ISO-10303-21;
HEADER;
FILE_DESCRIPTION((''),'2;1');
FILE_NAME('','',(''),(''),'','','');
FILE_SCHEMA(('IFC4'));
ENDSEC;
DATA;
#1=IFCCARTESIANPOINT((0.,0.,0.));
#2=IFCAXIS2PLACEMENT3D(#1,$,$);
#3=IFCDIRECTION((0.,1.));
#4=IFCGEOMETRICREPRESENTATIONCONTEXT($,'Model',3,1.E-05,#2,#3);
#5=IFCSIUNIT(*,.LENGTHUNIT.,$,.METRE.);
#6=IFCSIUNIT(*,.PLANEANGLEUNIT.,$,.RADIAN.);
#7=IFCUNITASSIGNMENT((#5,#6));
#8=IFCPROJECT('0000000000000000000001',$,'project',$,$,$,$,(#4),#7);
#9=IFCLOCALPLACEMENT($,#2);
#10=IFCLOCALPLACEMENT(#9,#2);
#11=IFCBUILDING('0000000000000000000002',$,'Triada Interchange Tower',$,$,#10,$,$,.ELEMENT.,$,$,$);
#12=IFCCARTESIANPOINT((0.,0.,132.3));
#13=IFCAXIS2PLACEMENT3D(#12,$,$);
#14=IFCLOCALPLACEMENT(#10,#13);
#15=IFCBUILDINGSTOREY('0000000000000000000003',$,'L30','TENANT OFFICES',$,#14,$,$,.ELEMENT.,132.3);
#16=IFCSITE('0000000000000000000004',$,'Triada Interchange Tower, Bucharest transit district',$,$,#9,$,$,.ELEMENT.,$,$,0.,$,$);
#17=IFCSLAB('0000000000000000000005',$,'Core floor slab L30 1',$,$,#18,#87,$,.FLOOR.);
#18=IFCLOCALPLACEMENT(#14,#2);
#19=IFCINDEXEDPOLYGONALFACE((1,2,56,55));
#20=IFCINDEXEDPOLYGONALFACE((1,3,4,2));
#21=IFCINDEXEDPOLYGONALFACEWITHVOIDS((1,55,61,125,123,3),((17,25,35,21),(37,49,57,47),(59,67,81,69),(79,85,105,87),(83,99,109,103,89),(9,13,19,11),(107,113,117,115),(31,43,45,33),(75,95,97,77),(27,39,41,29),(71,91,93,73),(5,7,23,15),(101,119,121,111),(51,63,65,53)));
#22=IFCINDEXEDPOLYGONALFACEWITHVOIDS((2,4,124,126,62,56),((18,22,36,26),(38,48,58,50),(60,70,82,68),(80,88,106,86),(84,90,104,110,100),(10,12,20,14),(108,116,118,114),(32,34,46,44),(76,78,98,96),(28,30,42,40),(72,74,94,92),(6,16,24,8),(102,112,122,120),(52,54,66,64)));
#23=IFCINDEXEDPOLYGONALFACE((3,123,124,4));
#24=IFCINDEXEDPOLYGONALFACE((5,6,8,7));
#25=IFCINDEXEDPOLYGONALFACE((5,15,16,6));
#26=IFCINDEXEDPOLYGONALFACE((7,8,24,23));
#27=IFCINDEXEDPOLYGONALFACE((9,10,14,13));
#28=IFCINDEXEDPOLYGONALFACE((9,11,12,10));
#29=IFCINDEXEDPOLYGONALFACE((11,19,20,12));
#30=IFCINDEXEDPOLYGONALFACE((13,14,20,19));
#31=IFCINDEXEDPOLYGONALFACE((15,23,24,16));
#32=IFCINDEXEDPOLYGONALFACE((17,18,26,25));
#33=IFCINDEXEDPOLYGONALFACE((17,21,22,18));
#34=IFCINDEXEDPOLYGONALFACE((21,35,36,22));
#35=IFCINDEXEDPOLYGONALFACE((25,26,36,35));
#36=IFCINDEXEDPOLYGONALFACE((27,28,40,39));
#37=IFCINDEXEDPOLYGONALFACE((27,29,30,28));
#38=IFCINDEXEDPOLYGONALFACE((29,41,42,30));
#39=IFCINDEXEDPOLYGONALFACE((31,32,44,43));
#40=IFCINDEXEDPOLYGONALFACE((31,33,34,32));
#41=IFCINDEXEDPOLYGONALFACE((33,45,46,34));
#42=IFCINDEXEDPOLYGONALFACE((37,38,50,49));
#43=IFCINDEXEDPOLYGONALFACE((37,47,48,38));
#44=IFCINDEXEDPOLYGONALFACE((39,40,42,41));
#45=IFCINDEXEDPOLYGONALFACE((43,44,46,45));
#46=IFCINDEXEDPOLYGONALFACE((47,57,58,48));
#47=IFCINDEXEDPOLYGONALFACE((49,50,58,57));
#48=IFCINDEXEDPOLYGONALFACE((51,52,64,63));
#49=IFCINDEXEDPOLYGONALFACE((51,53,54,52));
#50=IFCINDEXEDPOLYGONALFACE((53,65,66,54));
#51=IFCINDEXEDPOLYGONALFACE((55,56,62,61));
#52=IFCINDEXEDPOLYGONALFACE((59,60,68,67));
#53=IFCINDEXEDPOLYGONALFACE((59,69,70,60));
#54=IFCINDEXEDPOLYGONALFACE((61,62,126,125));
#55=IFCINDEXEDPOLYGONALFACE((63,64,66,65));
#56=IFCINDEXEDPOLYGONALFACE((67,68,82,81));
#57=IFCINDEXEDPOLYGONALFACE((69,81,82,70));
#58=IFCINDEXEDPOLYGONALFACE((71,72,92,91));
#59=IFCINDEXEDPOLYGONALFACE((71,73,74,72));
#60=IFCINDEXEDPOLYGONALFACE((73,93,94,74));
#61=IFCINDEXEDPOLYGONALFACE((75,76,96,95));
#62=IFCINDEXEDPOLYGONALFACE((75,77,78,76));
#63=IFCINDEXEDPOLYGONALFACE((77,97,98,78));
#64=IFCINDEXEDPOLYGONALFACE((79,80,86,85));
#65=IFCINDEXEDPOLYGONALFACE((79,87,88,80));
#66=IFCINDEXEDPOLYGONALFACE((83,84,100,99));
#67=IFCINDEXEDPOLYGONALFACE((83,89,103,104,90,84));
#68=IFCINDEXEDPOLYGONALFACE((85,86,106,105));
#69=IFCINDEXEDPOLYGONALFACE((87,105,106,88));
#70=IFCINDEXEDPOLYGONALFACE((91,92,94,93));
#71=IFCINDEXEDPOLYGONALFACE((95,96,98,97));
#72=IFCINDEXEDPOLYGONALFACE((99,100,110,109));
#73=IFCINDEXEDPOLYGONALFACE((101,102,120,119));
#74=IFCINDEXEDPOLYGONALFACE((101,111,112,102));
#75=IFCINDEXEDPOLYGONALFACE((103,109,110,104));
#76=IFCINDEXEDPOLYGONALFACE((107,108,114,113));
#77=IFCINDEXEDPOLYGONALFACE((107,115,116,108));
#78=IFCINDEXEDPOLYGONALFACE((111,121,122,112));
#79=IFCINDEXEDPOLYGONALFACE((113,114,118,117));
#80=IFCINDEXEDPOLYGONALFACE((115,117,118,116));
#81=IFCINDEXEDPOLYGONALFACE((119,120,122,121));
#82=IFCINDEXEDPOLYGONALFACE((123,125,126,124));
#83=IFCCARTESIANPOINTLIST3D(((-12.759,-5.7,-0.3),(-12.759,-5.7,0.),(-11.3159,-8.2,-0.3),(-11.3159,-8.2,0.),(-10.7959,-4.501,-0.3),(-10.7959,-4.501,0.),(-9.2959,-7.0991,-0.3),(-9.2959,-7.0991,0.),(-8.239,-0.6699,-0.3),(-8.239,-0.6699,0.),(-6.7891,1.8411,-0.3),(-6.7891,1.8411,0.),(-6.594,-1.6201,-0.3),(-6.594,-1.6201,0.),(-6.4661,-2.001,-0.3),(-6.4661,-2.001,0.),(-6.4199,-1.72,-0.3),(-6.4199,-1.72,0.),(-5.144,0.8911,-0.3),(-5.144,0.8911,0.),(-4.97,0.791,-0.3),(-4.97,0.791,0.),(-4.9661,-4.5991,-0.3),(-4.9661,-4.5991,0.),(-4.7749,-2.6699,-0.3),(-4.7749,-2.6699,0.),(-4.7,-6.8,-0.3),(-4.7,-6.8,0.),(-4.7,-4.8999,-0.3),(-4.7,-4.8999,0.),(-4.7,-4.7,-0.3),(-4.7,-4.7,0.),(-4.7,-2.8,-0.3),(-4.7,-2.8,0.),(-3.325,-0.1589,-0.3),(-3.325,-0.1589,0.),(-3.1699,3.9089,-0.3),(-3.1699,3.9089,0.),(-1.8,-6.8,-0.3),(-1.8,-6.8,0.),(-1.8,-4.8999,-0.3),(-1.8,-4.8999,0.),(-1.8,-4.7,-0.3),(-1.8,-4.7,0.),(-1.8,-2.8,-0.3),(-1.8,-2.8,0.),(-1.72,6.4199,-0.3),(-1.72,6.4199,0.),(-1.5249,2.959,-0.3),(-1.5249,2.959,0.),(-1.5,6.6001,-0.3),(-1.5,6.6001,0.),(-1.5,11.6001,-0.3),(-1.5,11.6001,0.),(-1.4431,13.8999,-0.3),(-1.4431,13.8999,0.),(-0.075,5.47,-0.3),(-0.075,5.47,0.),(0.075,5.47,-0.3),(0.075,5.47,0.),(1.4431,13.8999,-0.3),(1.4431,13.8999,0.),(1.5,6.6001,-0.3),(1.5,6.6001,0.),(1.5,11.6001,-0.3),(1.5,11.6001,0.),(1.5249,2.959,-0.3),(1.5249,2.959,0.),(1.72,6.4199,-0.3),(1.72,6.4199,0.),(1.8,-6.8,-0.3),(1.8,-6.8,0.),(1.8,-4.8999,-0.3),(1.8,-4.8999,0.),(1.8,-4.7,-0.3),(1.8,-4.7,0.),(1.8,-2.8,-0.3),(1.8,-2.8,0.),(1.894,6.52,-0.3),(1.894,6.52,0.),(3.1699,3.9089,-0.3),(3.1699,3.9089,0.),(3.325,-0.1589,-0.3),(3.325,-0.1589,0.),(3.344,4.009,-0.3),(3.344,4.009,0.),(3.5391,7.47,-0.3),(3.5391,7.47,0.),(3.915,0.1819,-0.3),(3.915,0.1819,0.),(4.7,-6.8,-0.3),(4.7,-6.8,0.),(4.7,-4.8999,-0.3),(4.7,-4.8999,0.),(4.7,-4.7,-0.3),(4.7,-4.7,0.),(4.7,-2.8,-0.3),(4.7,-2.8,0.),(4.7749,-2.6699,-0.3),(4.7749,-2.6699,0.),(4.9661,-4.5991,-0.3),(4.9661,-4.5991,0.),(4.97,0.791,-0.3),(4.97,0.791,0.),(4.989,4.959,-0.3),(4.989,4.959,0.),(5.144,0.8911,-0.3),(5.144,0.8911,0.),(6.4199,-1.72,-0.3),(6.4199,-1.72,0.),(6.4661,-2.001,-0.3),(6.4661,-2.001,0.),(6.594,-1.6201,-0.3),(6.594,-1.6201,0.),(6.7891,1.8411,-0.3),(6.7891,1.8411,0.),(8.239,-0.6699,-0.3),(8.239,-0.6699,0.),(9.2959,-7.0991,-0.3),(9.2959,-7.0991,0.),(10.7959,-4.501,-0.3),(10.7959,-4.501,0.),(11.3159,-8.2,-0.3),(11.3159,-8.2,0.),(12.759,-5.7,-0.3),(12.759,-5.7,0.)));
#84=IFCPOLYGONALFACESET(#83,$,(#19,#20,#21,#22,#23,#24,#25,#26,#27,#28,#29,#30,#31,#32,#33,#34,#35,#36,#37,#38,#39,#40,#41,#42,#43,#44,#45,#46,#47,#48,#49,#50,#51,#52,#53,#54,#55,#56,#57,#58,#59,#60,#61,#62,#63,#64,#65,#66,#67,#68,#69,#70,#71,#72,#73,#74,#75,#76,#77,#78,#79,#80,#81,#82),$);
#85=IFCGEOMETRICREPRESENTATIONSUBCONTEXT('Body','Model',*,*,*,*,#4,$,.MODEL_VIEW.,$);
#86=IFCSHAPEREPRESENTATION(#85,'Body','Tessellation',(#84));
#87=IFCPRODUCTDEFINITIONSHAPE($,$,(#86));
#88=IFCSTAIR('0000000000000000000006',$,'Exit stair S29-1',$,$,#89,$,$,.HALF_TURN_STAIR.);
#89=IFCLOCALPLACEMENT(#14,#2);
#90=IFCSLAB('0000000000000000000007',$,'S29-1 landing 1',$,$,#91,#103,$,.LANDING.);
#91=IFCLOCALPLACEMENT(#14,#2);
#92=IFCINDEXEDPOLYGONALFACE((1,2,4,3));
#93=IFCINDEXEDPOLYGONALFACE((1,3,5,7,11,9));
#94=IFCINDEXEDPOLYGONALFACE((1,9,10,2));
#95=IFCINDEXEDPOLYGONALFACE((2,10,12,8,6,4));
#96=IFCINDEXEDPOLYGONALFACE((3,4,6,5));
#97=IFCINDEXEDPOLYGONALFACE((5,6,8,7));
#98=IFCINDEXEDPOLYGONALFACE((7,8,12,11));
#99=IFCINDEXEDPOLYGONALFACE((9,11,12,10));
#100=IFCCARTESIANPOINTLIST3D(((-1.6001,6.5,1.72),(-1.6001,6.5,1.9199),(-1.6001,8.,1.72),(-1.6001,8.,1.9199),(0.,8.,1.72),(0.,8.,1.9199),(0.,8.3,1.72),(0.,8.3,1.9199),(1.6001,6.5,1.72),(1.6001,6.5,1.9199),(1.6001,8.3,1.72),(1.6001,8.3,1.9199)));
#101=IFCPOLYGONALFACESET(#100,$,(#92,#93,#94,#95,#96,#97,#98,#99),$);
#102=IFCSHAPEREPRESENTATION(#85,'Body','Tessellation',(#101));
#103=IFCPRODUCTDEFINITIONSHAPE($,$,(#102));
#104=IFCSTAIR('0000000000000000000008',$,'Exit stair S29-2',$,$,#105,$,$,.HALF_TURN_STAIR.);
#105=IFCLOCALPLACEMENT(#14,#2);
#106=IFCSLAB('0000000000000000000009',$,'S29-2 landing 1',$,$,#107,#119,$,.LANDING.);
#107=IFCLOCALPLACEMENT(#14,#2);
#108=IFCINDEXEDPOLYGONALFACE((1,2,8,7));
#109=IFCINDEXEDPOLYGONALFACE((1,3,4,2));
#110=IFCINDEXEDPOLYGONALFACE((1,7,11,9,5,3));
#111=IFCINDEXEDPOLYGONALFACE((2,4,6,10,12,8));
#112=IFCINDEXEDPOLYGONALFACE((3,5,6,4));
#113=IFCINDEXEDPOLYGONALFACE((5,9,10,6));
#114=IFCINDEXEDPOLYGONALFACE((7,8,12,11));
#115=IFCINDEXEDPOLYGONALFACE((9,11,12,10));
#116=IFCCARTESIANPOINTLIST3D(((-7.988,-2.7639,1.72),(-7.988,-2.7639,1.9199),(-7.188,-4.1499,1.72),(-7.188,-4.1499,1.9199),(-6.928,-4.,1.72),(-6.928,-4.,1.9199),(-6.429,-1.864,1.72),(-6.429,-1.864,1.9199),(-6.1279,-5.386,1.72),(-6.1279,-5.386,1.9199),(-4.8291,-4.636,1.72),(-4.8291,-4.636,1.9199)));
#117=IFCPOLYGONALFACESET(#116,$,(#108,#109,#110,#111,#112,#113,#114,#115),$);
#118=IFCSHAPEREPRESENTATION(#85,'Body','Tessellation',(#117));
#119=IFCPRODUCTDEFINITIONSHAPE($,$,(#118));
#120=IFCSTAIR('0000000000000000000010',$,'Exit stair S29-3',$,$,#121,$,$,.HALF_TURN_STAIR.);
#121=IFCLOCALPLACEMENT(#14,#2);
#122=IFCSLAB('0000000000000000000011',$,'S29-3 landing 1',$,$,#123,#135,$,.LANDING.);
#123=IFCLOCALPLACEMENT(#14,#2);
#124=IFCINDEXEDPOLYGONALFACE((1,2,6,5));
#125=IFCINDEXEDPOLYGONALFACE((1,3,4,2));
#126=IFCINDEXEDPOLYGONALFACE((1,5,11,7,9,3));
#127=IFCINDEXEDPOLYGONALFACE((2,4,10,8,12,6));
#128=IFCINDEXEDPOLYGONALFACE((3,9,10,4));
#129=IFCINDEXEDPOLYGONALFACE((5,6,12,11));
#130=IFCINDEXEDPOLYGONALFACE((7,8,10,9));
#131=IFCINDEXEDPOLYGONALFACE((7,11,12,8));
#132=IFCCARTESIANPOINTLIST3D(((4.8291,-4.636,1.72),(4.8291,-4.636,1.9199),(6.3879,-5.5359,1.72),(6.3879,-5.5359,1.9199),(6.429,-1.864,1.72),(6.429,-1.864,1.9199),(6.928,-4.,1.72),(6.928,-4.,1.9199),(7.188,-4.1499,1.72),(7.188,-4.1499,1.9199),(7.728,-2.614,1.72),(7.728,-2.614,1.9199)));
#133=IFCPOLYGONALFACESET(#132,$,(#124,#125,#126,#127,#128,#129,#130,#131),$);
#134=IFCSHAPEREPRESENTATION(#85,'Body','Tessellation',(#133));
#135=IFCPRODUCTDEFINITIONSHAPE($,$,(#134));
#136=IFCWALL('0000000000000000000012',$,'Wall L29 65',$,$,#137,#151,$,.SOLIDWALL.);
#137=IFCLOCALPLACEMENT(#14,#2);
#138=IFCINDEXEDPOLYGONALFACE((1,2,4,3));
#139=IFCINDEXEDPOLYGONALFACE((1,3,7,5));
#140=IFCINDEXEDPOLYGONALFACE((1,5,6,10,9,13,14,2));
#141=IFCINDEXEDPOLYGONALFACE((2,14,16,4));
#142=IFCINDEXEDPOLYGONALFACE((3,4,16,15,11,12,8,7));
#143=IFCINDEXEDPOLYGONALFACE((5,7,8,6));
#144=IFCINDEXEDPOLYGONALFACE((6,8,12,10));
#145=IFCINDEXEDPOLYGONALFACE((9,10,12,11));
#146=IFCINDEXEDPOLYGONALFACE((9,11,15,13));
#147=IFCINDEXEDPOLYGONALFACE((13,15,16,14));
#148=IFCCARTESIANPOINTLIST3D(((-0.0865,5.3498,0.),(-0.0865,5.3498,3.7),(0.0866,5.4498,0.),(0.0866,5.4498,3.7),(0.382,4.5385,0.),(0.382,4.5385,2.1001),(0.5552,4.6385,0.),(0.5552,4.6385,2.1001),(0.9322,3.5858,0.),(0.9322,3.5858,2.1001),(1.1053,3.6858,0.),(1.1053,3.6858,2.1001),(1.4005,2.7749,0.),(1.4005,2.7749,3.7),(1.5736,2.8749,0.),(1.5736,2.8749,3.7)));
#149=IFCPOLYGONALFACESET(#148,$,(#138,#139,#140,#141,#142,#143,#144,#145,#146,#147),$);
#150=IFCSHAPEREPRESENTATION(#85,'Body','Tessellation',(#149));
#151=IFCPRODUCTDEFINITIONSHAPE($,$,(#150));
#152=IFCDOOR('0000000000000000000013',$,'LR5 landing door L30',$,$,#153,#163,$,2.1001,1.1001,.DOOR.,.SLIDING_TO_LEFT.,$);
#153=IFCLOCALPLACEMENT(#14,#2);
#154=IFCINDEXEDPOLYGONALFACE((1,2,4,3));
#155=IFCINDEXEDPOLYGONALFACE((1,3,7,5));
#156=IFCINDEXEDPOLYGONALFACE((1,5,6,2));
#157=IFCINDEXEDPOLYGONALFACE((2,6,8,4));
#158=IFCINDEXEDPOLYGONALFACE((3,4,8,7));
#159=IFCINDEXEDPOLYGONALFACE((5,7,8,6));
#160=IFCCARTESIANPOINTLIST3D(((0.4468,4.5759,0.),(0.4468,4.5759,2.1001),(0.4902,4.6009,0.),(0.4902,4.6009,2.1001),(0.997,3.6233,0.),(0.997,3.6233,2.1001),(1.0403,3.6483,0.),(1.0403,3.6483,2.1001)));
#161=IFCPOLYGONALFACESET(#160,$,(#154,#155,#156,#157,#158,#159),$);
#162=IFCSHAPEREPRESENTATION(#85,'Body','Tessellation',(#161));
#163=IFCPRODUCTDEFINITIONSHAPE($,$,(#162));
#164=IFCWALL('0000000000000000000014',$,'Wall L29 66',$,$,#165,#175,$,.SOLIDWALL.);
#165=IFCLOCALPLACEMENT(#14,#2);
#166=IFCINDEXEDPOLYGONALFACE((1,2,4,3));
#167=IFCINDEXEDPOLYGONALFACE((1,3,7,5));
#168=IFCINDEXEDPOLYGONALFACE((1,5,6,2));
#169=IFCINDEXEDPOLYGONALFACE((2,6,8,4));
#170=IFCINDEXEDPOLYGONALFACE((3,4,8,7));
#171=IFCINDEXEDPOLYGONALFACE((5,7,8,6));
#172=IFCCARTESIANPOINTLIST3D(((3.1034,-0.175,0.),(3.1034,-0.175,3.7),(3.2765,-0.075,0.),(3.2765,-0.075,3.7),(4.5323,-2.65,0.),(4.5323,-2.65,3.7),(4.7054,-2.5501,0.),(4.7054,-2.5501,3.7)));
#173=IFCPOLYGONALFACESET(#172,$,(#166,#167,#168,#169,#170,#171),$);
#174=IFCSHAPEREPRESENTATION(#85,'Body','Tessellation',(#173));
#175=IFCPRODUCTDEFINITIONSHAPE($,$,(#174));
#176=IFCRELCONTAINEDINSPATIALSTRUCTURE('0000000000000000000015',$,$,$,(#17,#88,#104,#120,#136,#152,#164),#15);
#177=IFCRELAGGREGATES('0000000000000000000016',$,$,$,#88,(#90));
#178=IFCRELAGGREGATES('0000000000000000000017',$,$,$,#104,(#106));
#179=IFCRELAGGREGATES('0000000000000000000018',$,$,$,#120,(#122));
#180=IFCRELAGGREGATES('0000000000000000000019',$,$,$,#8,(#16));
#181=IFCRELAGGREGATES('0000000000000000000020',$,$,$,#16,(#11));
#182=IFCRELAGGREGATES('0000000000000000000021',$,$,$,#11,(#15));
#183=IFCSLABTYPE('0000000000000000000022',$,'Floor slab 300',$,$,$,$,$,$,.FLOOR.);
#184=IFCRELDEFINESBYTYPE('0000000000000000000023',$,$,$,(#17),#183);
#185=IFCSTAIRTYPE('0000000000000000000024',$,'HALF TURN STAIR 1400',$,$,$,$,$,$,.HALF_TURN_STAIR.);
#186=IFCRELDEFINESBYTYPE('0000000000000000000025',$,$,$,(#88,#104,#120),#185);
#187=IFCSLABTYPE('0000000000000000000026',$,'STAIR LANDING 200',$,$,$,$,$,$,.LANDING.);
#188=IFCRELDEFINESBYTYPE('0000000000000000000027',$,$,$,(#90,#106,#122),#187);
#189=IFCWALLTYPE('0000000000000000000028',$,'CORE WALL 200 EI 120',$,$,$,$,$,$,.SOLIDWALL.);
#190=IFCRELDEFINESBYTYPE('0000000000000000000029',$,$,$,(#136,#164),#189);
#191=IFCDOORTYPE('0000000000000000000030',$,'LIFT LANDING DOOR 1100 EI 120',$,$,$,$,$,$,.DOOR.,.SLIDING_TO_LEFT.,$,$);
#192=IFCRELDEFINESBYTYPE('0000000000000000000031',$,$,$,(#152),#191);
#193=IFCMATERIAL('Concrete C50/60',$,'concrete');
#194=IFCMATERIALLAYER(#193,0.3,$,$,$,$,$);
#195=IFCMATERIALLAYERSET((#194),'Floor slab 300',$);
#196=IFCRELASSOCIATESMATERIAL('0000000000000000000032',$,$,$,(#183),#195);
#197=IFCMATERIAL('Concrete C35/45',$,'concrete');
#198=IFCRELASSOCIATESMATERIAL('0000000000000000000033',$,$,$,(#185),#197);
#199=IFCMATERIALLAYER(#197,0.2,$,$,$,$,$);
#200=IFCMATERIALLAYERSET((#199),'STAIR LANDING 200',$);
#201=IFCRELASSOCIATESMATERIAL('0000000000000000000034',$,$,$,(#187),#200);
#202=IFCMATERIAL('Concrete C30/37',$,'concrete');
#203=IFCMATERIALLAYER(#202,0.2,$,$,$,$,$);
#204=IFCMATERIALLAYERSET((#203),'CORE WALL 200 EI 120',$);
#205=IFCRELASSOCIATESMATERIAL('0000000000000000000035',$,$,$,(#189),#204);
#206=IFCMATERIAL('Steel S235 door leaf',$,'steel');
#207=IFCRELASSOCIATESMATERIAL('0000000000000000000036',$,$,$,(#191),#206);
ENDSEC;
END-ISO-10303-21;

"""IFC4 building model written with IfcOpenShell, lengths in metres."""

from ifc_helpers import new_model, si_unit, direction, frame, frame_2d, origin, place, context, subcontext, project, spatial, polyline, rectangle, outline, extrude, material, layer, layer_set, type_object, element, fill, aggregate, save


model = new_model("IFC4")

# Units and contexts
model_context = context("Model", 3, precision=1e-05, world=origin(), true_north=direction((0.0, 1.0)))
body_context = subcontext(model_context, "Body", "Model", "MODEL_VIEW")
ifc_project = project(units=[si_unit("LENGTHUNIT", "METRE"), si_unit("PLANEANGLEUNIT", "RADIAN")], contexts=[model_context])

# Site, building, storey
site_placement = place(None, origin())
site = spatial("IfcSite", under=ifc_project, at=site_placement, Name="Triada Interchange Tower, Bucharest transit district", CompositionType="ELEMENT", RefElevation=0.0)
building_placement = place(site_placement, origin())
building = spatial("IfcBuilding", under=site, at=building_placement, Name="Triada Interchange Tower", CompositionType="ELEMENT")
storey_placement = place(building_placement, frame((0.0, 0.0, 132.3)))
storey = spatial("IfcBuildingStorey", under=building, at=storey_placement, Name="L30", Description="TENANT OFFICES", CompositionType="ELEMENT", Elevation=132.3)

# Slab
ifc_material_1 = material(Name="Concrete C50/60", Category="concrete")
ifc_layer_1 = layer(ifc_material_1, 0.3)
ifc_layer_set_1 = layer_set([ifc_layer_1], Name="Floor slab 300")
slab_type_1 = type_object("IfcSlabType", Name="Floor slab 300", PredefinedType="FLOOR", material=ifc_layer_set_1)
slab_1_placement = place(storey_placement, frame((0.0, 0.0, -0.3)))
element("IfcSlab", 1, at=slab_1_placement, inside=storey, type_object=slab_type_1, Name="Core floor slab L30 1", PredefinedType="FLOOR", context=body_context, shape_type="SweptSolid", body=[
    extrude(outline(polyline([(12.759, -5.7), (11.3159, -8.2), (-11.3159, -8.2), (-12.759, -5.7), (-1.4431, 13.8999), (1.4431, 13.8999), (12.759, -5.7)]), holes=[polyline([(9.2959, -7.0991), (10.7959, -4.501), (6.4661, -2.001), (4.9661, -4.5991), (9.2959, -7.0991)]), polyline([(6.7891, 1.8411), (5.144, 0.8911), (6.594, -1.6201), (8.239, -0.6699), (6.7891, 1.8411)]), polyline([(4.7749, -2.6699), (6.4199, -1.72), (4.97, 0.791), (3.915, 0.1819), (3.325, -0.1589), (4.7749, -2.6699)]), polyline([(1.894, 6.52), (3.344, 4.009), (4.989, 4.959), (3.5391, 7.47), (1.894, 6.52)]), polyline([(4.7, -6.8), (4.7, -4.8999), (1.8, -4.8999), (1.8, -6.8), (4.7, -6.8)]), polyline([(4.7, -2.8), (1.8, -2.8), (1.8, -4.7), (4.7, -4.7), (4.7, -2.8)]), polyline([(0.075, 5.47), (1.5249, 2.959), (3.1699, 3.9089), (1.72, 6.4199), (0.075, 5.47)]), polyline([(1.5, 11.6001), (-1.5, 11.6001), (-1.5, 6.6001), (1.5, 6.6001), (1.5, 11.6001)]), polyline([(-1.5249, 2.959), (-0.075, 5.47), (-1.72, 6.4199), (-3.1699, 3.9089), (-1.5249, 2.959)]), polyline([(-1.8, -2.8), (-4.7, -2.8), (-4.7, -4.7), (-1.8, -4.7), (-1.8, -2.8)]), polyline([(-4.7, -6.8), (-1.8, -6.8), (-1.8, -4.8999), (-4.7, -4.8999), (-4.7, -6.8)]), polyline([(-4.7749, -2.6699), (-3.325, -0.1589), (-4.97, 0.791), (-6.4199, -1.72), (-4.7749, -2.6699)]), polyline([(-10.7959, -4.501), (-9.2959, -7.0991), (-4.9661, -4.5991), (-6.4661, -2.001), (-10.7959, -4.501)]), polyline([(-6.594, -1.6201), (-5.144, 0.8911), (-6.7891, 1.8411), (-8.239, -0.6699), (-6.594, -1.6201)])]), origin(), (0.0, 0.0, 1.0), 0.3),
])

# Stairs, slabs
ifc_material_2 = material(Name="Concrete C35/45", Category="concrete")
stair_type = type_object("IfcStairType", Name="HALF TURN STAIR 1400", PredefinedType="HALF_TURN_STAIR", material=ifc_material_2)
stair_1_placement = place(storey_placement, origin())
stair_1 = element("IfcStair", 2, at=stair_1_placement, inside=storey, type_object=stair_type, Name="Exit stair S29-1", PredefinedType="HALF_TURN_STAIR")
ifc_layer_2 = layer(ifc_material_2, 0.2)
ifc_layer_set_2 = layer_set([ifc_layer_2], Name="STAIR LANDING 200")
slab_type_2 = type_object("IfcSlabType", Name="STAIR LANDING 200", PredefinedType="LANDING", material=ifc_layer_set_2)
slab_2_placement = place(storey_placement, frame((0.0, 0.0, 1.72)))
slab_2 = element("IfcSlab", 3, at=slab_2_placement, type_object=slab_type_2, Name="S29-1 landing 1", PredefinedType="LANDING", context=body_context, shape_type="SweptSolid", body=[
    extrude(outline(polyline([(1.6001, 6.5), (1.6001, 8.3), (0.0, 8.3), (0.0, 8.0), (-1.6001, 8.0), (-1.6001, 6.5), (1.6001, 6.5)])), origin(), (0.0, 0.0, 1.0), 0.2),
])
aggregate(stair_1, [slab_2])
stair_2_placement = place(storey_placement, origin())
stair_2 = element("IfcStair", 4, at=stair_2_placement, inside=storey, type_object=stair_type, Name="Exit stair S29-2", PredefinedType="HALF_TURN_STAIR")
slab_3_placement = place(storey_placement, frame((0.0, 0.0, 1.72)))
slab_3 = element("IfcSlab", 5, at=slab_3_placement, type_object=slab_type_2, Name="S29-2 landing 1", PredefinedType="LANDING", context=body_context, shape_type="SweptSolid", body=[
    extrude(outline(polyline([(-6.429, -1.864), (-7.988, -2.7639), (-7.188, -4.1499), (-6.928, -4.0), (-6.1279, -5.386), (-4.8291, -4.636), (-6.429, -1.864)])), origin(), (0.0, 0.0, 1.0), 0.2),
])
aggregate(stair_2, [slab_3])
stair_3_placement = place(storey_placement, origin())
stair_3 = element("IfcStair", 6, at=stair_3_placement, inside=storey, type_object=stair_type, Name="Exit stair S29-3", PredefinedType="HALF_TURN_STAIR")
slab_4_placement = place(storey_placement, frame((0.0, 0.0, 1.72)))
slab_4 = element("IfcSlab", 7, at=slab_4_placement, type_object=slab_type_2, Name="S29-3 landing 1", PredefinedType="LANDING", context=body_context, shape_type="SweptSolid", body=[
    extrude(outline(polyline([(4.8291, -4.636), (6.3879, -5.5359), (7.188, -4.1499), (6.928, -4.0), (7.728, -2.614), (6.429, -1.864), (4.8291, -4.636)])), origin(), (0.0, 0.0, 1.0), 0.2),
])
aggregate(stair_3, [slab_4])

# Wall, opening, door
ifc_material_3 = material(Name="Concrete C30/37", Category="concrete")
ifc_layer_3 = layer(ifc_material_3, 0.2)
ifc_layer_set_3 = layer_set([ifc_layer_3], Name="CORE WALL 200 EI 120")
wall_type_1 = type_object("IfcWallType", Name="CORE WALL 200 EI 120", PredefinedType="SOLIDWALL", material=ifc_layer_set_3)
wall_1_placement = place(storey_placement, frame((0.0, 5.3999, 0.0), z_axis=(0.0, 0.0, 1.0), x_axis=(0.500104, -0.865965, 0.0)))
wall_1 = element("IfcWall", 8, at=wall_1_placement, inside=storey, type_object=wall_type_1, Name="Wall L29 65", PredefinedType="SOLIDWALL", context=body_context, shape_type="SweptSolid", body=[
    extrude(rectangle(XDim=2.9734, YDim=0.2, at=frame_2d((1.4868, 0.0))), origin(), (0.0, 0.0, 1.0), 3.7),
])
opening_1_placement = place(wall_1_placement, frame((0.937, 0.0, 0.0)))
opening_1 = element("IfcOpeningElement", 9, at=opening_1_placement, cuts=wall_1, PredefinedType="OPENING", context=body_context, shape_type="SweptSolid", body=[
    extrude(rectangle(XDim=1.1001, YDim=2.1001, at=frame_2d((0.55, 1.05))), frame((0.0, 0.1099, 0.0), z_axis=(0.0, -1.0, 0.0), x_axis=(1.0, 0.0, 0.0)), (0.0, 0.0, 1.0), 0.22),
])
ifc_material_4 = material(Name="Steel S235 door leaf", Category="steel")
door_type = type_object("IfcDoorType", Name="LIFT LANDING DOOR 1100 EI 120", OperationType="SLIDING_TO_LEFT", PredefinedType="DOOR", material=ifc_material_4)
door_1_placement = place(opening_1_placement, origin())
door_1 = element("IfcDoor", 10, at=door_1_placement, inside=storey, type_object=door_type, Name="LR5 landing door L30", OperationType="SLIDING_TO_LEFT", OverallHeight=2.1001, OverallWidth=1.1001, PredefinedType="DOOR", context=body_context, shape_type="SweptSolid", body=[
    extrude(rectangle(XDim=1.1001, YDim=2.1001, at=frame_2d((0.55, 1.05))), frame((0.0, 0.0249, 0.0), z_axis=(0.0, -1.0, 0.0), x_axis=(1.0, 0.0, 0.0)), (0.0, 0.0, 1.0), 0.05),
])
fill(opening_1, door_1)

# Wall
wall_2_placement = place(storey_placement, frame((3.1899, -0.125, 0.0), z_axis=(0.0, 0.0, 1.0), x_axis=(0.499989, -0.866032, 0.0)))
element("IfcWall", 11, at=wall_2_placement, inside=storey, type_object=wall_type_1, Name="Wall L29 66", PredefinedType="SOLIDWALL", context=body_context, shape_type="SweptSolid", body=[
    extrude(rectangle(XDim=2.8579, YDim=0.2, at=frame_2d((1.429, 0.0))), origin(), (0.0, 0.0, 1.0), 3.7),
])

save(model, "model.ifc")
